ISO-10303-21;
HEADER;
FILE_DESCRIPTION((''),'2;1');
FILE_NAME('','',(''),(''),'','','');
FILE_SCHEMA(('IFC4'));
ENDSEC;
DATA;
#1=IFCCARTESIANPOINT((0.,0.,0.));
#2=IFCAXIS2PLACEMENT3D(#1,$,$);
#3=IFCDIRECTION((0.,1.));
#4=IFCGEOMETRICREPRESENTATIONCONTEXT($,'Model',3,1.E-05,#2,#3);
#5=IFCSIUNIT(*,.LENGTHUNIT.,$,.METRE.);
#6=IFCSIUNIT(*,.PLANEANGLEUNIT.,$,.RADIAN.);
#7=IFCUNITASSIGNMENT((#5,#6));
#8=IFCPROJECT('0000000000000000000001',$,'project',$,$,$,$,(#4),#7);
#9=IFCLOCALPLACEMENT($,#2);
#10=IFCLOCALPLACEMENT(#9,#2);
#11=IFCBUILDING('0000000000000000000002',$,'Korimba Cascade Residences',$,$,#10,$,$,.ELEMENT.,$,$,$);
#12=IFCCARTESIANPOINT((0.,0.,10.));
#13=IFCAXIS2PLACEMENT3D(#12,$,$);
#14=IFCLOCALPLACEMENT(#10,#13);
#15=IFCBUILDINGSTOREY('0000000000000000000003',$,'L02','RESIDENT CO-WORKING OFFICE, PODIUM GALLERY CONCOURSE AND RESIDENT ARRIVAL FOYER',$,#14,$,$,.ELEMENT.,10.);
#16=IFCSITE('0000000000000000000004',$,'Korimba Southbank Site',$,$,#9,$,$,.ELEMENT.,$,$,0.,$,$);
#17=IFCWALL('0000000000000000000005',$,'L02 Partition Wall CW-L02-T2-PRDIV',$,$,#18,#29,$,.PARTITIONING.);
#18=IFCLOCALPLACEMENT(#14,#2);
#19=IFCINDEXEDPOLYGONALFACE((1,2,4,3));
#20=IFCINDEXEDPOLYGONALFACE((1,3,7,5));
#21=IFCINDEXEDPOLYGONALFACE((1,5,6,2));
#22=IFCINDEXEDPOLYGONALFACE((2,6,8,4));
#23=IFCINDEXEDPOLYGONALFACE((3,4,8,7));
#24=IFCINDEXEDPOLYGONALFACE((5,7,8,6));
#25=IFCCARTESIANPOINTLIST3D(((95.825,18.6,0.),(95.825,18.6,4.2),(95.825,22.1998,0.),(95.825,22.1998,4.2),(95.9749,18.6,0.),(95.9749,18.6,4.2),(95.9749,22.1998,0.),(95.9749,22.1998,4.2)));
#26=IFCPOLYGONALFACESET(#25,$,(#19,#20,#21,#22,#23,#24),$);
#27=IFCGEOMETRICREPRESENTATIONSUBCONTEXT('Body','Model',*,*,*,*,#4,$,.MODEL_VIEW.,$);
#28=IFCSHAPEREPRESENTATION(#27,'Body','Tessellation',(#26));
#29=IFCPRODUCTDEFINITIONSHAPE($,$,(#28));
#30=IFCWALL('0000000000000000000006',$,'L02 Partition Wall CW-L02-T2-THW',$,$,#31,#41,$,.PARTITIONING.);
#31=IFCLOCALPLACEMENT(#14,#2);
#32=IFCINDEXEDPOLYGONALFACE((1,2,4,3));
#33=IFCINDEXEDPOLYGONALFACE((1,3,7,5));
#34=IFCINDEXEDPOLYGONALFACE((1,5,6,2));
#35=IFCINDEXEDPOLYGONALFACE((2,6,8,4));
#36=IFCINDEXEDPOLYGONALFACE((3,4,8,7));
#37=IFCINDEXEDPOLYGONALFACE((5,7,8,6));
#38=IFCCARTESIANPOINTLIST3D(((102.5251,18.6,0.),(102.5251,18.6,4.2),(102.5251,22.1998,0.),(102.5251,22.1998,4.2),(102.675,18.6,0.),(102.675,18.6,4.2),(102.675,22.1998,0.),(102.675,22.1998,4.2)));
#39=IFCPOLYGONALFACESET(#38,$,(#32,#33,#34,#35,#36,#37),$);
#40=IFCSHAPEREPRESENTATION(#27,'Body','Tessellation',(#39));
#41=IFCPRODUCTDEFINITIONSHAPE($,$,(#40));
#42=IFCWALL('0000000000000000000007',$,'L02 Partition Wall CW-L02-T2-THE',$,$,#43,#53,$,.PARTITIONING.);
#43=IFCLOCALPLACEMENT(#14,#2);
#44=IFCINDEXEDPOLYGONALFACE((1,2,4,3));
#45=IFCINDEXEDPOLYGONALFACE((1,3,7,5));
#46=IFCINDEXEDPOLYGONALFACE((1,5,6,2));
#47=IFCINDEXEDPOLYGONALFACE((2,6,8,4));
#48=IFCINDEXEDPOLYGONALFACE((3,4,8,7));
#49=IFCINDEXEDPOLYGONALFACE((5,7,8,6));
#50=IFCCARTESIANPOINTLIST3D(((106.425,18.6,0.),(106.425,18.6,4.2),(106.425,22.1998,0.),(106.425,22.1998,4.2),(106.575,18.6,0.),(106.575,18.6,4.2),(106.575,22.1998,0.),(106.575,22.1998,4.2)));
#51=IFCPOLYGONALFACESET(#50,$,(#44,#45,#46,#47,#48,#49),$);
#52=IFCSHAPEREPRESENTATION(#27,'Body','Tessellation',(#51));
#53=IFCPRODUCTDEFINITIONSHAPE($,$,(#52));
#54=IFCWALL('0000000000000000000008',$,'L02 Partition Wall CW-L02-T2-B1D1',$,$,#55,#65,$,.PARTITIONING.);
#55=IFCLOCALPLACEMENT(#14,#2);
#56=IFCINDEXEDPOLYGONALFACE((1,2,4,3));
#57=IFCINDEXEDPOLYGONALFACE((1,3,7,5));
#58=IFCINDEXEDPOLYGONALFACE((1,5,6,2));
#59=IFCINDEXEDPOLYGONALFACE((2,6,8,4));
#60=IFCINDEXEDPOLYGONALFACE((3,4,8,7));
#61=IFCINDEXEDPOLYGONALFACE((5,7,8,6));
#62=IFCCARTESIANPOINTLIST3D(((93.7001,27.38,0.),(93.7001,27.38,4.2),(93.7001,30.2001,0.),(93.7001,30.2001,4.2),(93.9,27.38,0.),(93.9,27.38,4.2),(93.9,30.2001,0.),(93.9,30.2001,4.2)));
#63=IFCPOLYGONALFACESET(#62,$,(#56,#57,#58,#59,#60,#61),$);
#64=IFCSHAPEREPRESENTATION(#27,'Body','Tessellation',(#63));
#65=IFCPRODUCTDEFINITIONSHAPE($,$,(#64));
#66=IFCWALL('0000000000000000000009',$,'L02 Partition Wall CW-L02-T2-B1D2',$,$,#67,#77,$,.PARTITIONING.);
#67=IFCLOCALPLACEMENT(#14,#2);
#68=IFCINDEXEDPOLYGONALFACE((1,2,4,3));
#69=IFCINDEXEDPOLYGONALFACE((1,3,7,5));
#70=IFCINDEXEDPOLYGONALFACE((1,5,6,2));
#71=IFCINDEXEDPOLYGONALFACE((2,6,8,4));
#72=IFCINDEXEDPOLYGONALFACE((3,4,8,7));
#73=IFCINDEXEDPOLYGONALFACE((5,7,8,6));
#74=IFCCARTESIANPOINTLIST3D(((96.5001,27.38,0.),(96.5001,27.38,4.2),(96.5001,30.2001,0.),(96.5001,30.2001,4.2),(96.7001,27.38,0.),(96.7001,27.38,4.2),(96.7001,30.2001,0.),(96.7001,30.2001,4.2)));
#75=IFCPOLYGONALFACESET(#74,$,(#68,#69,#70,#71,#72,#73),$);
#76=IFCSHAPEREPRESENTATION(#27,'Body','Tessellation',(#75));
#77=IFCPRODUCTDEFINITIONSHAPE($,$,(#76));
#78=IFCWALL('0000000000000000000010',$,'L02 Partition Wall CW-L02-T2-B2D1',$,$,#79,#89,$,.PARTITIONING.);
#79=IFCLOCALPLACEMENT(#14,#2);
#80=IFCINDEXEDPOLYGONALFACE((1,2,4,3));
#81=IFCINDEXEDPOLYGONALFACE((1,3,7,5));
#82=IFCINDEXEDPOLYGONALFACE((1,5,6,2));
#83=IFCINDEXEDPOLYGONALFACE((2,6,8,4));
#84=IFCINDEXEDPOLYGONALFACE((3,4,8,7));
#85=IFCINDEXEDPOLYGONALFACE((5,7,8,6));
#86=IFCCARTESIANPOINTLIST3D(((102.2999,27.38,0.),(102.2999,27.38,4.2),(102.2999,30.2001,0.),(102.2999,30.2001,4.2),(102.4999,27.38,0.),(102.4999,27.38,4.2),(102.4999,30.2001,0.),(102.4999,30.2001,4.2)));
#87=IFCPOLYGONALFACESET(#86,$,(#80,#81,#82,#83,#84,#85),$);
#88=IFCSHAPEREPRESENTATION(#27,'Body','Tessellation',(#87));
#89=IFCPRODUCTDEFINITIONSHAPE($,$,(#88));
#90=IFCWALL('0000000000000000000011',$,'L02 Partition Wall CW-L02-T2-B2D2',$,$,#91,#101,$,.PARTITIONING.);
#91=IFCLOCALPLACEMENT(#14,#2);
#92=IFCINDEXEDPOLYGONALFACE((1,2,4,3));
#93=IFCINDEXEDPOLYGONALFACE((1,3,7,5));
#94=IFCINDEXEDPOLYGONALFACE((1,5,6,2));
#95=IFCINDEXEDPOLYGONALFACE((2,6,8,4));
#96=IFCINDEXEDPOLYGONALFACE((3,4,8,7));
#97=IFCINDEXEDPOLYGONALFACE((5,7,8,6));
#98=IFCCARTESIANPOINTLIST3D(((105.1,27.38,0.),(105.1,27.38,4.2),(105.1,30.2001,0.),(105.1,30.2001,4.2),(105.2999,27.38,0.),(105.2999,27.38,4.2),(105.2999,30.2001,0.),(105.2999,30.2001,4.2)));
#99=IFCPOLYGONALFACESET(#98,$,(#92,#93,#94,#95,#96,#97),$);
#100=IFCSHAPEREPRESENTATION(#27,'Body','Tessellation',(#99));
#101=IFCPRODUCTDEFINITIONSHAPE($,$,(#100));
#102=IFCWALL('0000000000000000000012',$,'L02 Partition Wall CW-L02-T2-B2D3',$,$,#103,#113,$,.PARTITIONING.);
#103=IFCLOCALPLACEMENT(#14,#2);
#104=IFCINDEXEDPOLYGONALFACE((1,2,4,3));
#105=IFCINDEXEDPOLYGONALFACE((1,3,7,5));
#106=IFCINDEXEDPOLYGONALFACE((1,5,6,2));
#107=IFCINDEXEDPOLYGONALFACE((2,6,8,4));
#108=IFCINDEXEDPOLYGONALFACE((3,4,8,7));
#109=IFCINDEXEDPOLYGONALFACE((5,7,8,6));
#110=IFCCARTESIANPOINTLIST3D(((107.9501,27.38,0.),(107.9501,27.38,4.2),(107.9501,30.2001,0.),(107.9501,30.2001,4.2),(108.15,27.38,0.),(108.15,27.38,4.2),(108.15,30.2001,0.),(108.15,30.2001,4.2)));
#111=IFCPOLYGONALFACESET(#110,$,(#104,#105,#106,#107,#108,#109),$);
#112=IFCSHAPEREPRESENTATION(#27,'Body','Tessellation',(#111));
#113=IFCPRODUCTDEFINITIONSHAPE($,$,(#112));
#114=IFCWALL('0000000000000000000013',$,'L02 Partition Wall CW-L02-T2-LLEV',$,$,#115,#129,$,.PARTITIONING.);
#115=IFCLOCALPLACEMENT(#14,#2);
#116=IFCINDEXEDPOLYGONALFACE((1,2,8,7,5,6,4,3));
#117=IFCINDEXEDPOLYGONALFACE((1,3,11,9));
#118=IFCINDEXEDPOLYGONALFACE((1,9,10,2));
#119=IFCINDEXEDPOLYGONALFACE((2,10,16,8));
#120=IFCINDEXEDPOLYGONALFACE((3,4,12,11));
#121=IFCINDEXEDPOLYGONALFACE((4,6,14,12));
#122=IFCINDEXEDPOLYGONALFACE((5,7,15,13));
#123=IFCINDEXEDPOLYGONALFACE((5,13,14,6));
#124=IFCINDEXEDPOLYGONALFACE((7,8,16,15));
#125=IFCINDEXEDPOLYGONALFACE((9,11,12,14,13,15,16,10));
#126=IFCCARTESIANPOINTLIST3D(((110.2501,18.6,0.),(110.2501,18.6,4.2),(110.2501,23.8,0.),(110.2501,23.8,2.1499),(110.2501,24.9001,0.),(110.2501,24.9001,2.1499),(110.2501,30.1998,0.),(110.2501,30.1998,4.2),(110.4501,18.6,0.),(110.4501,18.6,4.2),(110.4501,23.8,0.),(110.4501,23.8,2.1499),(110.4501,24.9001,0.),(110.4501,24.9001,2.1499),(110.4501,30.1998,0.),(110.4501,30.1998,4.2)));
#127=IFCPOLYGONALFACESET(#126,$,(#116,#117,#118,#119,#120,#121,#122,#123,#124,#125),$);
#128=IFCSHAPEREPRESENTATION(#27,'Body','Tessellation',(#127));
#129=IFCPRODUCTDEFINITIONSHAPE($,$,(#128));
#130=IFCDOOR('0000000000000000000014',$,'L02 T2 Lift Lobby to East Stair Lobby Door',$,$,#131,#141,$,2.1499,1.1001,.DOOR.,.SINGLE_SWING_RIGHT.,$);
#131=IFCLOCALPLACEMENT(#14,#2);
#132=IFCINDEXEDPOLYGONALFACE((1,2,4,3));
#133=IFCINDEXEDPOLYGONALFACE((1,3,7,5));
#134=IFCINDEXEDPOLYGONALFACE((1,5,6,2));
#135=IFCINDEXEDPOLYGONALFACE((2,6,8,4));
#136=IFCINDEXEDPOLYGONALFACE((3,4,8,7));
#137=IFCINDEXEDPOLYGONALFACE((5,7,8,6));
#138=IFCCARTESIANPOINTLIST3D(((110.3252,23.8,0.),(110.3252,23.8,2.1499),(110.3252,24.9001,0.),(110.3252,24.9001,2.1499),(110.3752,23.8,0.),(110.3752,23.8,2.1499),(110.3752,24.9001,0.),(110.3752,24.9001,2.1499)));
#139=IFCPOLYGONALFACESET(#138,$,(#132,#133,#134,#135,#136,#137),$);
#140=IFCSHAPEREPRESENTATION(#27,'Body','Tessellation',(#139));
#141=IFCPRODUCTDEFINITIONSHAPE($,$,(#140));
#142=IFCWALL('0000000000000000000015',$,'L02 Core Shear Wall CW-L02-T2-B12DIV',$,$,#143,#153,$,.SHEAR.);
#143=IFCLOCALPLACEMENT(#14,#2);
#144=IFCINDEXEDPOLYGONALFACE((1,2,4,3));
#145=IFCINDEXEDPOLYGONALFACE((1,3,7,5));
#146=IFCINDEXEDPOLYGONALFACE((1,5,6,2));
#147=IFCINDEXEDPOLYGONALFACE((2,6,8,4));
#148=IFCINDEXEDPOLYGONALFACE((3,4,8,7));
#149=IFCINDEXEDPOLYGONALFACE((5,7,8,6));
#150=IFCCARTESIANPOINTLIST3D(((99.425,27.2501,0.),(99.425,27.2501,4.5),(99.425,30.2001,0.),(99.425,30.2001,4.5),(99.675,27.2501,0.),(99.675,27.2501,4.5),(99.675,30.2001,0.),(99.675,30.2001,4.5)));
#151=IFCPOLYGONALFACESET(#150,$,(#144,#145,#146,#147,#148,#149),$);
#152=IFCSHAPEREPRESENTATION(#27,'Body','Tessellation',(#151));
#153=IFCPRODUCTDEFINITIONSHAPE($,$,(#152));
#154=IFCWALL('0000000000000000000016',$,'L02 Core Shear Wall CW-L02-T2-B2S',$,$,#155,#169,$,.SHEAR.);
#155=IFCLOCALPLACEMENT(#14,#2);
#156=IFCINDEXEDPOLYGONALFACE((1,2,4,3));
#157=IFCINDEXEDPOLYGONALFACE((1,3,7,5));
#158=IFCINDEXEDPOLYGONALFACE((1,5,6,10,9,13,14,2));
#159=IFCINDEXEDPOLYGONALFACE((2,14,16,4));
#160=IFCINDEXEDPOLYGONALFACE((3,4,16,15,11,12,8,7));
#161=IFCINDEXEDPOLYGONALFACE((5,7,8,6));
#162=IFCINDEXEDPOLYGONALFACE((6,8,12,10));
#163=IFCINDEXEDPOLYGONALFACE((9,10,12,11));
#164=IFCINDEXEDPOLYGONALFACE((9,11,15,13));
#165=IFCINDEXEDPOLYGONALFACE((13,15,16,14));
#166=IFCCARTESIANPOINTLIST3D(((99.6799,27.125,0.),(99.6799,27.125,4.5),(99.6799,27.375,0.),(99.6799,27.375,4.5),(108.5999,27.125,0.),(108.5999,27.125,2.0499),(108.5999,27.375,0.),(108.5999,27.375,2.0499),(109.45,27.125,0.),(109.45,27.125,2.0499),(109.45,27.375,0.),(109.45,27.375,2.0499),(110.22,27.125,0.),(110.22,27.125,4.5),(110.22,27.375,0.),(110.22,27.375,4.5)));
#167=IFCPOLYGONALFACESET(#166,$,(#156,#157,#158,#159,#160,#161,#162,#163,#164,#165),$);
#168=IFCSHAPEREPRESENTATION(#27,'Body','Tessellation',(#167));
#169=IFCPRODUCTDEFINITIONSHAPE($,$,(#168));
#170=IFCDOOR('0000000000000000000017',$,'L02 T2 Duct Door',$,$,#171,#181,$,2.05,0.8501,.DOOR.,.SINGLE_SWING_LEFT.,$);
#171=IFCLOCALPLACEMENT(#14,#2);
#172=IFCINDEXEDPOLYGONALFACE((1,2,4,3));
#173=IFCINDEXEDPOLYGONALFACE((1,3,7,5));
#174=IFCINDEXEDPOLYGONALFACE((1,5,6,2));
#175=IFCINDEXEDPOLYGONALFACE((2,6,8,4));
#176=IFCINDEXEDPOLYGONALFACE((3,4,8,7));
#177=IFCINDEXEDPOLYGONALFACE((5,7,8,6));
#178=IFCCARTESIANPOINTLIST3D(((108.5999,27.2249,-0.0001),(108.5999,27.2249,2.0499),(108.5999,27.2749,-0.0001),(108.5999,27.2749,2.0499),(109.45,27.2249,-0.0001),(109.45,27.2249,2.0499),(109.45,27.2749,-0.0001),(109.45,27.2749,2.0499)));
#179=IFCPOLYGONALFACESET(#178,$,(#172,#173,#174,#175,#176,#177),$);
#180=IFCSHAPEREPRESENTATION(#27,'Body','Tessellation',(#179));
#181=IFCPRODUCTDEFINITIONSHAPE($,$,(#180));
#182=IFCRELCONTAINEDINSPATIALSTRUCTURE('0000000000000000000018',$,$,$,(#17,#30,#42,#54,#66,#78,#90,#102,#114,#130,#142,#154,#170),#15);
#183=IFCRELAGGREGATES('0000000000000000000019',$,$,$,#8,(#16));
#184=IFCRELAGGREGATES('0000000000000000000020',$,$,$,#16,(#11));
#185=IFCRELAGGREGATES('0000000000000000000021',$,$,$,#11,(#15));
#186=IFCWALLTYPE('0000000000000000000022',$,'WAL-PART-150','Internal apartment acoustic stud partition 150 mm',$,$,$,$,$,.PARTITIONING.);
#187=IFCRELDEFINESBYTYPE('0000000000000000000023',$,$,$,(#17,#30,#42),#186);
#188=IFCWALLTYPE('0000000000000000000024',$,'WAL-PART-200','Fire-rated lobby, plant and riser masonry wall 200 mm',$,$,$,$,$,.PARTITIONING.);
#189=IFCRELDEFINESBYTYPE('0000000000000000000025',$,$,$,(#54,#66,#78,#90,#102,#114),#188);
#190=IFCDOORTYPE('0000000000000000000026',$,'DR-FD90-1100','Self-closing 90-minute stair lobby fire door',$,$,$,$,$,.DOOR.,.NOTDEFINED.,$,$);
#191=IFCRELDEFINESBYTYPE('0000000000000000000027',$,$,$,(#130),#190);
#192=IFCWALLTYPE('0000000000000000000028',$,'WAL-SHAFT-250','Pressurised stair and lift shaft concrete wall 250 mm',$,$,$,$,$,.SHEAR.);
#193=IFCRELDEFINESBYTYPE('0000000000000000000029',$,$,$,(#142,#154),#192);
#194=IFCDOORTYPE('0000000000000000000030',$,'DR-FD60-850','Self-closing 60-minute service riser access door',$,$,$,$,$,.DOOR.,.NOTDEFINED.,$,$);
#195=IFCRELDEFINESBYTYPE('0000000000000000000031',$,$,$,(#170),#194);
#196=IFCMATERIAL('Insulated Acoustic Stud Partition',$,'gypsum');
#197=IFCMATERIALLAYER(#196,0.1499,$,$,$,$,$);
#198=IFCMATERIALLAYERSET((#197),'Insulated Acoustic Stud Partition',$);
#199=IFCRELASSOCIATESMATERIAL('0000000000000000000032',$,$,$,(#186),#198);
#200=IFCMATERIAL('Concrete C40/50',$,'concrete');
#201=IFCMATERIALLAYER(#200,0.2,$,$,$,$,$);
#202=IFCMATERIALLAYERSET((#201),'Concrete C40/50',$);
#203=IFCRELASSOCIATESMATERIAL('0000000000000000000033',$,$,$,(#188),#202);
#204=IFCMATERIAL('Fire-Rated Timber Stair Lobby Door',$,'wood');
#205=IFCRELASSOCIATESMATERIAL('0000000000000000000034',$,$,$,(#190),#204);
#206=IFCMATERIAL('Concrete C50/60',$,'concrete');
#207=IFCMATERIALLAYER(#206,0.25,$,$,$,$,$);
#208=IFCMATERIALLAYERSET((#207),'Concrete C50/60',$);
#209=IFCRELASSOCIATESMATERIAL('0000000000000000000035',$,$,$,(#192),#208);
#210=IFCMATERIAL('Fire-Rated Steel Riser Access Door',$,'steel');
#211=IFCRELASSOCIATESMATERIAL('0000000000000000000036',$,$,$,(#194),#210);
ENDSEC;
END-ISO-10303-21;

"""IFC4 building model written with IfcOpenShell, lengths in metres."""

from ifc_helpers import new_model, si_unit, direction, frame, frame_2d, origin, place, context, subcontext, project, spatial, rectangle, extrude, material, layer, layer_set, type_object, element, fill, save


model = new_model("IFC4")

# Units and contexts
model_context = context("Model", 3, precision=1e-05, world=origin(), true_north=direction((0.0, 1.0)))
body_context = subcontext(model_context, "Body", "Model", "MODEL_VIEW")
ifc_project = project(units=[si_unit("LENGTHUNIT", "METRE"), si_unit("PLANEANGLEUNIT", "RADIAN")], contexts=[model_context])

# Site, building, storey
site_placement = place(None, origin())
site = spatial("IfcSite", under=ifc_project, at=site_placement, Name="Korimba Southbank Site", CompositionType="ELEMENT", RefElevation=0.0)
building_placement = place(site_placement, origin())
building = spatial("IfcBuilding", under=site, at=building_placement, Name="Korimba Cascade Residences", CompositionType="ELEMENT")
storey_placement = place(building_placement, frame((0.0, 0.0, 10.0)))
storey = spatial("IfcBuildingStorey", under=building, at=storey_placement, Name="L02", Description="RESIDENT CO-WORKING OFFICE, PODIUM GALLERY CONCOURSE AND RESIDENT ARRIVAL FOYER", CompositionType="ELEMENT", Elevation=10.0)

# Shared definitions
ifc_material_1 = material(Name="Concrete C50/60", Category="concrete")

# Walls
ifc_material_2 = material(Name="Insulated Acoustic Stud Partition", Category="gypsum")
ifc_layer_1 = layer(ifc_material_2, 0.1499)
ifc_layer_set_1 = layer_set([ifc_layer_1], Name="Insulated Acoustic Stud Partition")
wall_type_1 = type_object("IfcWallType", Name="WAL-PART-150", Description="Internal apartment acoustic stud partition 150 mm", PredefinedType="PARTITIONING", material=ifc_layer_set_1)
for number, where, z_axis, x_axis, name in (
    (1, (95.8999, 18.6001, 0.0), (0.0, 0.0, 1.0), (0.0, 1.0, 0.0), "L02 Partition Wall CW-L02-T2-PRDIV"),
    (2, (102.6001, 18.6001, 0.0), (0.0, 0.0, 1.0), (0.0, 1.0, 0.0), "L02 Partition Wall CW-L02-T2-THW"),
    (3, (106.5, 18.6001, 0.0), (0.0, 0.0, 1.0), (0.0, 1.0, 0.0), "L02 Partition Wall CW-L02-T2-THE"),
):
    element("IfcWall", number, at=place(storey_placement, frame(where, z_axis=z_axis, x_axis=x_axis)), inside=storey, type_object=wall_type_1, Name=name, PredefinedType="PARTITIONING", context=body_context, shape_type="SweptSolid", body=[
        extrude(rectangle(XDim=3.5999, YDim=0.1499, at=frame_2d((1.7998, 0.0))), origin(), (0.0, 0.0, 1.0), 4.2),
    ])
ifc_material_3 = material(Name="Concrete C40/50", Category="concrete")
ifc_layer_2 = layer(ifc_material_3, 0.2)
ifc_layer_set_2 = layer_set([ifc_layer_2], Name="Concrete C40/50")
wall_type_2 = type_object("IfcWallType", Name="WAL-PART-200", Description="Fire-rated lobby, plant and riser masonry wall 200 mm", PredefinedType="PARTITIONING", material=ifc_layer_set_2)
for number, where, z_axis, x_axis, name in (
    (4, (93.8, 27.3799, 0.0), (0.0, 0.0, 1.0), (0.0, 1.0, 0.0), "L02 Partition Wall CW-L02-T2-B1D1"),
    (5, (96.6001, 27.3799, 0.0), (0.0, 0.0, 1.0), (0.0, 1.0, 0.0), "L02 Partition Wall CW-L02-T2-B1D2"),
    (6, (102.3999, 27.3799, 0.0), (0.0, 0.0, 1.0), (0.0, 1.0, 0.0), "L02 Partition Wall CW-L02-T2-B2D1"),
    (7, (105.2, 27.3799, 0.0), (0.0, 0.0, 1.0), (0.0, 1.0, 0.0), "L02 Partition Wall CW-L02-T2-B2D2"),
    (8, (108.05, 27.3799, 0.0), (0.0, 0.0, 1.0), (0.0, 1.0, 0.0), "L02 Partition Wall CW-L02-T2-B2D3"),
):
    element("IfcWall", number, at=place(storey_placement, frame(where, z_axis=z_axis, x_axis=x_axis)), inside=storey, type_object=wall_type_2, Name=name, PredefinedType="PARTITIONING", context=body_context, shape_type="SweptSolid", body=[
        extrude(rectangle(XDim=2.8201, YDim=0.2, at=frame_2d((1.4102, 0.0))), origin(), (0.0, 0.0, 1.0), 4.2),
    ])

# Wall, opening, door
wall_1_placement = place(storey_placement, frame((110.3501, 18.6001, 0.0), z_axis=(0.0, 0.0, 1.0), x_axis=(0.0, 1.0, 0.0)))
wall_1 = element("IfcWall", 9, at=wall_1_placement, inside=storey, type_object=wall_type_2, Name="L02 Partition Wall CW-L02-T2-LLEV", PredefinedType="PARTITIONING", context=body_context, shape_type="SweptSolid", body=[
    extrude(rectangle(XDim=11.5999, YDim=0.2, at=frame_2d((5.7998, 0.0))), origin(), (0.0, 0.0, 1.0), 4.2),
])
opening_1_placement = place(wall_1_placement, frame((5.2, 0.0, 0.0)))
opening_1 = element("IfcOpeningElement", 10, at=opening_1_placement, cuts=wall_1, PredefinedType="OPENING", context=body_context, shape_type="SweptSolid", body=[
    extrude(rectangle(XDim=1.1001, YDim=2.1499, at=frame_2d((0.55, 1.075))), frame((0.0, 0.1099, 0.0), z_axis=(0.0, -1.0, 0.0), x_axis=(1.0, 0.0, 0.0)), (0.0, 0.0, 1.0), 0.22),
])
ifc_material_4 = material(Name="Fire-Rated Timber Stair Lobby Door", Category="wood")
door_type_1 = type_object("IfcDoorType", Name="DR-FD90-1100", Description="Self-closing 90-minute stair lobby fire door", OperationType="NOTDEFINED", PredefinedType="DOOR", material=ifc_material_4)
door_1_placement = place(opening_1_placement, origin())
door_1 = element("IfcDoor", 11, at=door_1_placement, inside=storey, type_object=door_type_1, Name="L02 T2 Lift Lobby to East Stair Lobby Door", OperationType="SINGLE_SWING_RIGHT", OverallHeight=2.1499, OverallWidth=1.1001, PredefinedType="DOOR", context=body_context, shape_type="SweptSolid", body=[
    extrude(rectangle(XDim=1.1001, YDim=2.1499, at=frame_2d((0.55, 1.075))), frame((0.0, 0.0249, 0.0), z_axis=(0.0, -1.0, 0.0), x_axis=(1.0, 0.0, 0.0)), (0.0, 0.0, 1.0), 0.05),
])
fill(opening_1, door_1)

# Wall
ifc_layer_3 = layer(ifc_material_1, 0.25)
ifc_layer_set_3 = layer_set([ifc_layer_3], Name="Concrete C50/60")
wall_type_3 = type_object("IfcWallType", Name="WAL-SHAFT-250", Description="Pressurised stair and lift shaft concrete wall 250 mm", PredefinedType="SHEAR", material=ifc_layer_set_3)
wall_2_placement = place(storey_placement, frame((99.55, 27.25, 0.0), z_axis=(0.0, 0.0, 1.0), x_axis=(0.0, 1.0, 0.0)))
element("IfcWall", 12, at=wall_2_placement, inside=storey, type_object=wall_type_3, Name="L02 Core Shear Wall CW-L02-T2-B12DIV", PredefinedType="SHEAR", context=body_context, shape_type="SweptSolid", body=[
    extrude(rectangle(XDim=2.95, YDim=0.25, at=frame_2d((1.4751, 0.0))), origin(), (0.0, 0.0, 1.0), 4.5),
])

# Wall, opening, door
wall_3_placement = place(storey_placement, frame((99.6799, 27.25, 0.0), z_axis=(0.0, 0.0, 1.0), x_axis=(1.0, 0.0, 0.0)))
wall_3 = element("IfcWall", 13, at=wall_3_placement, inside=storey, type_object=wall_type_3, Name="L02 Core Shear Wall CW-L02-T2-B2S", PredefinedType="SHEAR", context=body_context, shape_type="SweptSolid", body=[
    extrude(rectangle(XDim=10.54, YDim=0.25, at=frame_2d((5.27, 0.0))), origin(), (0.0, 0.0, 1.0), 4.5),
])
opening_2_placement = place(wall_3_placement, frame((8.9199, 0.0, 0.0)))
opening_2 = element("IfcOpeningElement", 14, at=opening_2_placement, cuts=wall_3, PredefinedType="OPENING", context=body_context, shape_type="SweptSolid", body=[
    extrude(rectangle(XDim=0.8501, YDim=2.05, at=frame_2d((0.425, 1.0249))), frame((0.0, 0.135, 0.0), z_axis=(0.0, -1.0, 0.0), x_axis=(1.0, 0.0, 0.0)), (0.0, 0.0, 1.0), 0.27),
])
ifc_material_5 = material(Name="Fire-Rated Steel Riser Access Door", Category="steel")
door_type_2 = type_object("IfcDoorType", Name="DR-FD60-850", Description="Self-closing 60-minute service riser access door", OperationType="NOTDEFINED", PredefinedType="DOOR", material=ifc_material_5)
door_2_placement = place(opening_2_placement, origin())
door_2 = element("IfcDoor", 15, at=door_2_placement, inside=storey, type_object=door_type_2, Name="L02 T2 Duct Door", OperationType="SINGLE_SWING_LEFT", OverallHeight=2.05, OverallWidth=0.8501, PredefinedType="DOOR", context=body_context, shape_type="SweptSolid", body=[
    extrude(rectangle(XDim=0.8501, YDim=2.05, at=frame_2d((0.425, 1.0249))), frame((0.0, 0.0249, 0.0), z_axis=(0.0, -1.0, 0.0), x_axis=(1.0, 0.0, 0.0)), (0.0, 0.0, 1.0), 0.05),
])
fill(opening_2, door_2)

save(model, "model.ifc")
